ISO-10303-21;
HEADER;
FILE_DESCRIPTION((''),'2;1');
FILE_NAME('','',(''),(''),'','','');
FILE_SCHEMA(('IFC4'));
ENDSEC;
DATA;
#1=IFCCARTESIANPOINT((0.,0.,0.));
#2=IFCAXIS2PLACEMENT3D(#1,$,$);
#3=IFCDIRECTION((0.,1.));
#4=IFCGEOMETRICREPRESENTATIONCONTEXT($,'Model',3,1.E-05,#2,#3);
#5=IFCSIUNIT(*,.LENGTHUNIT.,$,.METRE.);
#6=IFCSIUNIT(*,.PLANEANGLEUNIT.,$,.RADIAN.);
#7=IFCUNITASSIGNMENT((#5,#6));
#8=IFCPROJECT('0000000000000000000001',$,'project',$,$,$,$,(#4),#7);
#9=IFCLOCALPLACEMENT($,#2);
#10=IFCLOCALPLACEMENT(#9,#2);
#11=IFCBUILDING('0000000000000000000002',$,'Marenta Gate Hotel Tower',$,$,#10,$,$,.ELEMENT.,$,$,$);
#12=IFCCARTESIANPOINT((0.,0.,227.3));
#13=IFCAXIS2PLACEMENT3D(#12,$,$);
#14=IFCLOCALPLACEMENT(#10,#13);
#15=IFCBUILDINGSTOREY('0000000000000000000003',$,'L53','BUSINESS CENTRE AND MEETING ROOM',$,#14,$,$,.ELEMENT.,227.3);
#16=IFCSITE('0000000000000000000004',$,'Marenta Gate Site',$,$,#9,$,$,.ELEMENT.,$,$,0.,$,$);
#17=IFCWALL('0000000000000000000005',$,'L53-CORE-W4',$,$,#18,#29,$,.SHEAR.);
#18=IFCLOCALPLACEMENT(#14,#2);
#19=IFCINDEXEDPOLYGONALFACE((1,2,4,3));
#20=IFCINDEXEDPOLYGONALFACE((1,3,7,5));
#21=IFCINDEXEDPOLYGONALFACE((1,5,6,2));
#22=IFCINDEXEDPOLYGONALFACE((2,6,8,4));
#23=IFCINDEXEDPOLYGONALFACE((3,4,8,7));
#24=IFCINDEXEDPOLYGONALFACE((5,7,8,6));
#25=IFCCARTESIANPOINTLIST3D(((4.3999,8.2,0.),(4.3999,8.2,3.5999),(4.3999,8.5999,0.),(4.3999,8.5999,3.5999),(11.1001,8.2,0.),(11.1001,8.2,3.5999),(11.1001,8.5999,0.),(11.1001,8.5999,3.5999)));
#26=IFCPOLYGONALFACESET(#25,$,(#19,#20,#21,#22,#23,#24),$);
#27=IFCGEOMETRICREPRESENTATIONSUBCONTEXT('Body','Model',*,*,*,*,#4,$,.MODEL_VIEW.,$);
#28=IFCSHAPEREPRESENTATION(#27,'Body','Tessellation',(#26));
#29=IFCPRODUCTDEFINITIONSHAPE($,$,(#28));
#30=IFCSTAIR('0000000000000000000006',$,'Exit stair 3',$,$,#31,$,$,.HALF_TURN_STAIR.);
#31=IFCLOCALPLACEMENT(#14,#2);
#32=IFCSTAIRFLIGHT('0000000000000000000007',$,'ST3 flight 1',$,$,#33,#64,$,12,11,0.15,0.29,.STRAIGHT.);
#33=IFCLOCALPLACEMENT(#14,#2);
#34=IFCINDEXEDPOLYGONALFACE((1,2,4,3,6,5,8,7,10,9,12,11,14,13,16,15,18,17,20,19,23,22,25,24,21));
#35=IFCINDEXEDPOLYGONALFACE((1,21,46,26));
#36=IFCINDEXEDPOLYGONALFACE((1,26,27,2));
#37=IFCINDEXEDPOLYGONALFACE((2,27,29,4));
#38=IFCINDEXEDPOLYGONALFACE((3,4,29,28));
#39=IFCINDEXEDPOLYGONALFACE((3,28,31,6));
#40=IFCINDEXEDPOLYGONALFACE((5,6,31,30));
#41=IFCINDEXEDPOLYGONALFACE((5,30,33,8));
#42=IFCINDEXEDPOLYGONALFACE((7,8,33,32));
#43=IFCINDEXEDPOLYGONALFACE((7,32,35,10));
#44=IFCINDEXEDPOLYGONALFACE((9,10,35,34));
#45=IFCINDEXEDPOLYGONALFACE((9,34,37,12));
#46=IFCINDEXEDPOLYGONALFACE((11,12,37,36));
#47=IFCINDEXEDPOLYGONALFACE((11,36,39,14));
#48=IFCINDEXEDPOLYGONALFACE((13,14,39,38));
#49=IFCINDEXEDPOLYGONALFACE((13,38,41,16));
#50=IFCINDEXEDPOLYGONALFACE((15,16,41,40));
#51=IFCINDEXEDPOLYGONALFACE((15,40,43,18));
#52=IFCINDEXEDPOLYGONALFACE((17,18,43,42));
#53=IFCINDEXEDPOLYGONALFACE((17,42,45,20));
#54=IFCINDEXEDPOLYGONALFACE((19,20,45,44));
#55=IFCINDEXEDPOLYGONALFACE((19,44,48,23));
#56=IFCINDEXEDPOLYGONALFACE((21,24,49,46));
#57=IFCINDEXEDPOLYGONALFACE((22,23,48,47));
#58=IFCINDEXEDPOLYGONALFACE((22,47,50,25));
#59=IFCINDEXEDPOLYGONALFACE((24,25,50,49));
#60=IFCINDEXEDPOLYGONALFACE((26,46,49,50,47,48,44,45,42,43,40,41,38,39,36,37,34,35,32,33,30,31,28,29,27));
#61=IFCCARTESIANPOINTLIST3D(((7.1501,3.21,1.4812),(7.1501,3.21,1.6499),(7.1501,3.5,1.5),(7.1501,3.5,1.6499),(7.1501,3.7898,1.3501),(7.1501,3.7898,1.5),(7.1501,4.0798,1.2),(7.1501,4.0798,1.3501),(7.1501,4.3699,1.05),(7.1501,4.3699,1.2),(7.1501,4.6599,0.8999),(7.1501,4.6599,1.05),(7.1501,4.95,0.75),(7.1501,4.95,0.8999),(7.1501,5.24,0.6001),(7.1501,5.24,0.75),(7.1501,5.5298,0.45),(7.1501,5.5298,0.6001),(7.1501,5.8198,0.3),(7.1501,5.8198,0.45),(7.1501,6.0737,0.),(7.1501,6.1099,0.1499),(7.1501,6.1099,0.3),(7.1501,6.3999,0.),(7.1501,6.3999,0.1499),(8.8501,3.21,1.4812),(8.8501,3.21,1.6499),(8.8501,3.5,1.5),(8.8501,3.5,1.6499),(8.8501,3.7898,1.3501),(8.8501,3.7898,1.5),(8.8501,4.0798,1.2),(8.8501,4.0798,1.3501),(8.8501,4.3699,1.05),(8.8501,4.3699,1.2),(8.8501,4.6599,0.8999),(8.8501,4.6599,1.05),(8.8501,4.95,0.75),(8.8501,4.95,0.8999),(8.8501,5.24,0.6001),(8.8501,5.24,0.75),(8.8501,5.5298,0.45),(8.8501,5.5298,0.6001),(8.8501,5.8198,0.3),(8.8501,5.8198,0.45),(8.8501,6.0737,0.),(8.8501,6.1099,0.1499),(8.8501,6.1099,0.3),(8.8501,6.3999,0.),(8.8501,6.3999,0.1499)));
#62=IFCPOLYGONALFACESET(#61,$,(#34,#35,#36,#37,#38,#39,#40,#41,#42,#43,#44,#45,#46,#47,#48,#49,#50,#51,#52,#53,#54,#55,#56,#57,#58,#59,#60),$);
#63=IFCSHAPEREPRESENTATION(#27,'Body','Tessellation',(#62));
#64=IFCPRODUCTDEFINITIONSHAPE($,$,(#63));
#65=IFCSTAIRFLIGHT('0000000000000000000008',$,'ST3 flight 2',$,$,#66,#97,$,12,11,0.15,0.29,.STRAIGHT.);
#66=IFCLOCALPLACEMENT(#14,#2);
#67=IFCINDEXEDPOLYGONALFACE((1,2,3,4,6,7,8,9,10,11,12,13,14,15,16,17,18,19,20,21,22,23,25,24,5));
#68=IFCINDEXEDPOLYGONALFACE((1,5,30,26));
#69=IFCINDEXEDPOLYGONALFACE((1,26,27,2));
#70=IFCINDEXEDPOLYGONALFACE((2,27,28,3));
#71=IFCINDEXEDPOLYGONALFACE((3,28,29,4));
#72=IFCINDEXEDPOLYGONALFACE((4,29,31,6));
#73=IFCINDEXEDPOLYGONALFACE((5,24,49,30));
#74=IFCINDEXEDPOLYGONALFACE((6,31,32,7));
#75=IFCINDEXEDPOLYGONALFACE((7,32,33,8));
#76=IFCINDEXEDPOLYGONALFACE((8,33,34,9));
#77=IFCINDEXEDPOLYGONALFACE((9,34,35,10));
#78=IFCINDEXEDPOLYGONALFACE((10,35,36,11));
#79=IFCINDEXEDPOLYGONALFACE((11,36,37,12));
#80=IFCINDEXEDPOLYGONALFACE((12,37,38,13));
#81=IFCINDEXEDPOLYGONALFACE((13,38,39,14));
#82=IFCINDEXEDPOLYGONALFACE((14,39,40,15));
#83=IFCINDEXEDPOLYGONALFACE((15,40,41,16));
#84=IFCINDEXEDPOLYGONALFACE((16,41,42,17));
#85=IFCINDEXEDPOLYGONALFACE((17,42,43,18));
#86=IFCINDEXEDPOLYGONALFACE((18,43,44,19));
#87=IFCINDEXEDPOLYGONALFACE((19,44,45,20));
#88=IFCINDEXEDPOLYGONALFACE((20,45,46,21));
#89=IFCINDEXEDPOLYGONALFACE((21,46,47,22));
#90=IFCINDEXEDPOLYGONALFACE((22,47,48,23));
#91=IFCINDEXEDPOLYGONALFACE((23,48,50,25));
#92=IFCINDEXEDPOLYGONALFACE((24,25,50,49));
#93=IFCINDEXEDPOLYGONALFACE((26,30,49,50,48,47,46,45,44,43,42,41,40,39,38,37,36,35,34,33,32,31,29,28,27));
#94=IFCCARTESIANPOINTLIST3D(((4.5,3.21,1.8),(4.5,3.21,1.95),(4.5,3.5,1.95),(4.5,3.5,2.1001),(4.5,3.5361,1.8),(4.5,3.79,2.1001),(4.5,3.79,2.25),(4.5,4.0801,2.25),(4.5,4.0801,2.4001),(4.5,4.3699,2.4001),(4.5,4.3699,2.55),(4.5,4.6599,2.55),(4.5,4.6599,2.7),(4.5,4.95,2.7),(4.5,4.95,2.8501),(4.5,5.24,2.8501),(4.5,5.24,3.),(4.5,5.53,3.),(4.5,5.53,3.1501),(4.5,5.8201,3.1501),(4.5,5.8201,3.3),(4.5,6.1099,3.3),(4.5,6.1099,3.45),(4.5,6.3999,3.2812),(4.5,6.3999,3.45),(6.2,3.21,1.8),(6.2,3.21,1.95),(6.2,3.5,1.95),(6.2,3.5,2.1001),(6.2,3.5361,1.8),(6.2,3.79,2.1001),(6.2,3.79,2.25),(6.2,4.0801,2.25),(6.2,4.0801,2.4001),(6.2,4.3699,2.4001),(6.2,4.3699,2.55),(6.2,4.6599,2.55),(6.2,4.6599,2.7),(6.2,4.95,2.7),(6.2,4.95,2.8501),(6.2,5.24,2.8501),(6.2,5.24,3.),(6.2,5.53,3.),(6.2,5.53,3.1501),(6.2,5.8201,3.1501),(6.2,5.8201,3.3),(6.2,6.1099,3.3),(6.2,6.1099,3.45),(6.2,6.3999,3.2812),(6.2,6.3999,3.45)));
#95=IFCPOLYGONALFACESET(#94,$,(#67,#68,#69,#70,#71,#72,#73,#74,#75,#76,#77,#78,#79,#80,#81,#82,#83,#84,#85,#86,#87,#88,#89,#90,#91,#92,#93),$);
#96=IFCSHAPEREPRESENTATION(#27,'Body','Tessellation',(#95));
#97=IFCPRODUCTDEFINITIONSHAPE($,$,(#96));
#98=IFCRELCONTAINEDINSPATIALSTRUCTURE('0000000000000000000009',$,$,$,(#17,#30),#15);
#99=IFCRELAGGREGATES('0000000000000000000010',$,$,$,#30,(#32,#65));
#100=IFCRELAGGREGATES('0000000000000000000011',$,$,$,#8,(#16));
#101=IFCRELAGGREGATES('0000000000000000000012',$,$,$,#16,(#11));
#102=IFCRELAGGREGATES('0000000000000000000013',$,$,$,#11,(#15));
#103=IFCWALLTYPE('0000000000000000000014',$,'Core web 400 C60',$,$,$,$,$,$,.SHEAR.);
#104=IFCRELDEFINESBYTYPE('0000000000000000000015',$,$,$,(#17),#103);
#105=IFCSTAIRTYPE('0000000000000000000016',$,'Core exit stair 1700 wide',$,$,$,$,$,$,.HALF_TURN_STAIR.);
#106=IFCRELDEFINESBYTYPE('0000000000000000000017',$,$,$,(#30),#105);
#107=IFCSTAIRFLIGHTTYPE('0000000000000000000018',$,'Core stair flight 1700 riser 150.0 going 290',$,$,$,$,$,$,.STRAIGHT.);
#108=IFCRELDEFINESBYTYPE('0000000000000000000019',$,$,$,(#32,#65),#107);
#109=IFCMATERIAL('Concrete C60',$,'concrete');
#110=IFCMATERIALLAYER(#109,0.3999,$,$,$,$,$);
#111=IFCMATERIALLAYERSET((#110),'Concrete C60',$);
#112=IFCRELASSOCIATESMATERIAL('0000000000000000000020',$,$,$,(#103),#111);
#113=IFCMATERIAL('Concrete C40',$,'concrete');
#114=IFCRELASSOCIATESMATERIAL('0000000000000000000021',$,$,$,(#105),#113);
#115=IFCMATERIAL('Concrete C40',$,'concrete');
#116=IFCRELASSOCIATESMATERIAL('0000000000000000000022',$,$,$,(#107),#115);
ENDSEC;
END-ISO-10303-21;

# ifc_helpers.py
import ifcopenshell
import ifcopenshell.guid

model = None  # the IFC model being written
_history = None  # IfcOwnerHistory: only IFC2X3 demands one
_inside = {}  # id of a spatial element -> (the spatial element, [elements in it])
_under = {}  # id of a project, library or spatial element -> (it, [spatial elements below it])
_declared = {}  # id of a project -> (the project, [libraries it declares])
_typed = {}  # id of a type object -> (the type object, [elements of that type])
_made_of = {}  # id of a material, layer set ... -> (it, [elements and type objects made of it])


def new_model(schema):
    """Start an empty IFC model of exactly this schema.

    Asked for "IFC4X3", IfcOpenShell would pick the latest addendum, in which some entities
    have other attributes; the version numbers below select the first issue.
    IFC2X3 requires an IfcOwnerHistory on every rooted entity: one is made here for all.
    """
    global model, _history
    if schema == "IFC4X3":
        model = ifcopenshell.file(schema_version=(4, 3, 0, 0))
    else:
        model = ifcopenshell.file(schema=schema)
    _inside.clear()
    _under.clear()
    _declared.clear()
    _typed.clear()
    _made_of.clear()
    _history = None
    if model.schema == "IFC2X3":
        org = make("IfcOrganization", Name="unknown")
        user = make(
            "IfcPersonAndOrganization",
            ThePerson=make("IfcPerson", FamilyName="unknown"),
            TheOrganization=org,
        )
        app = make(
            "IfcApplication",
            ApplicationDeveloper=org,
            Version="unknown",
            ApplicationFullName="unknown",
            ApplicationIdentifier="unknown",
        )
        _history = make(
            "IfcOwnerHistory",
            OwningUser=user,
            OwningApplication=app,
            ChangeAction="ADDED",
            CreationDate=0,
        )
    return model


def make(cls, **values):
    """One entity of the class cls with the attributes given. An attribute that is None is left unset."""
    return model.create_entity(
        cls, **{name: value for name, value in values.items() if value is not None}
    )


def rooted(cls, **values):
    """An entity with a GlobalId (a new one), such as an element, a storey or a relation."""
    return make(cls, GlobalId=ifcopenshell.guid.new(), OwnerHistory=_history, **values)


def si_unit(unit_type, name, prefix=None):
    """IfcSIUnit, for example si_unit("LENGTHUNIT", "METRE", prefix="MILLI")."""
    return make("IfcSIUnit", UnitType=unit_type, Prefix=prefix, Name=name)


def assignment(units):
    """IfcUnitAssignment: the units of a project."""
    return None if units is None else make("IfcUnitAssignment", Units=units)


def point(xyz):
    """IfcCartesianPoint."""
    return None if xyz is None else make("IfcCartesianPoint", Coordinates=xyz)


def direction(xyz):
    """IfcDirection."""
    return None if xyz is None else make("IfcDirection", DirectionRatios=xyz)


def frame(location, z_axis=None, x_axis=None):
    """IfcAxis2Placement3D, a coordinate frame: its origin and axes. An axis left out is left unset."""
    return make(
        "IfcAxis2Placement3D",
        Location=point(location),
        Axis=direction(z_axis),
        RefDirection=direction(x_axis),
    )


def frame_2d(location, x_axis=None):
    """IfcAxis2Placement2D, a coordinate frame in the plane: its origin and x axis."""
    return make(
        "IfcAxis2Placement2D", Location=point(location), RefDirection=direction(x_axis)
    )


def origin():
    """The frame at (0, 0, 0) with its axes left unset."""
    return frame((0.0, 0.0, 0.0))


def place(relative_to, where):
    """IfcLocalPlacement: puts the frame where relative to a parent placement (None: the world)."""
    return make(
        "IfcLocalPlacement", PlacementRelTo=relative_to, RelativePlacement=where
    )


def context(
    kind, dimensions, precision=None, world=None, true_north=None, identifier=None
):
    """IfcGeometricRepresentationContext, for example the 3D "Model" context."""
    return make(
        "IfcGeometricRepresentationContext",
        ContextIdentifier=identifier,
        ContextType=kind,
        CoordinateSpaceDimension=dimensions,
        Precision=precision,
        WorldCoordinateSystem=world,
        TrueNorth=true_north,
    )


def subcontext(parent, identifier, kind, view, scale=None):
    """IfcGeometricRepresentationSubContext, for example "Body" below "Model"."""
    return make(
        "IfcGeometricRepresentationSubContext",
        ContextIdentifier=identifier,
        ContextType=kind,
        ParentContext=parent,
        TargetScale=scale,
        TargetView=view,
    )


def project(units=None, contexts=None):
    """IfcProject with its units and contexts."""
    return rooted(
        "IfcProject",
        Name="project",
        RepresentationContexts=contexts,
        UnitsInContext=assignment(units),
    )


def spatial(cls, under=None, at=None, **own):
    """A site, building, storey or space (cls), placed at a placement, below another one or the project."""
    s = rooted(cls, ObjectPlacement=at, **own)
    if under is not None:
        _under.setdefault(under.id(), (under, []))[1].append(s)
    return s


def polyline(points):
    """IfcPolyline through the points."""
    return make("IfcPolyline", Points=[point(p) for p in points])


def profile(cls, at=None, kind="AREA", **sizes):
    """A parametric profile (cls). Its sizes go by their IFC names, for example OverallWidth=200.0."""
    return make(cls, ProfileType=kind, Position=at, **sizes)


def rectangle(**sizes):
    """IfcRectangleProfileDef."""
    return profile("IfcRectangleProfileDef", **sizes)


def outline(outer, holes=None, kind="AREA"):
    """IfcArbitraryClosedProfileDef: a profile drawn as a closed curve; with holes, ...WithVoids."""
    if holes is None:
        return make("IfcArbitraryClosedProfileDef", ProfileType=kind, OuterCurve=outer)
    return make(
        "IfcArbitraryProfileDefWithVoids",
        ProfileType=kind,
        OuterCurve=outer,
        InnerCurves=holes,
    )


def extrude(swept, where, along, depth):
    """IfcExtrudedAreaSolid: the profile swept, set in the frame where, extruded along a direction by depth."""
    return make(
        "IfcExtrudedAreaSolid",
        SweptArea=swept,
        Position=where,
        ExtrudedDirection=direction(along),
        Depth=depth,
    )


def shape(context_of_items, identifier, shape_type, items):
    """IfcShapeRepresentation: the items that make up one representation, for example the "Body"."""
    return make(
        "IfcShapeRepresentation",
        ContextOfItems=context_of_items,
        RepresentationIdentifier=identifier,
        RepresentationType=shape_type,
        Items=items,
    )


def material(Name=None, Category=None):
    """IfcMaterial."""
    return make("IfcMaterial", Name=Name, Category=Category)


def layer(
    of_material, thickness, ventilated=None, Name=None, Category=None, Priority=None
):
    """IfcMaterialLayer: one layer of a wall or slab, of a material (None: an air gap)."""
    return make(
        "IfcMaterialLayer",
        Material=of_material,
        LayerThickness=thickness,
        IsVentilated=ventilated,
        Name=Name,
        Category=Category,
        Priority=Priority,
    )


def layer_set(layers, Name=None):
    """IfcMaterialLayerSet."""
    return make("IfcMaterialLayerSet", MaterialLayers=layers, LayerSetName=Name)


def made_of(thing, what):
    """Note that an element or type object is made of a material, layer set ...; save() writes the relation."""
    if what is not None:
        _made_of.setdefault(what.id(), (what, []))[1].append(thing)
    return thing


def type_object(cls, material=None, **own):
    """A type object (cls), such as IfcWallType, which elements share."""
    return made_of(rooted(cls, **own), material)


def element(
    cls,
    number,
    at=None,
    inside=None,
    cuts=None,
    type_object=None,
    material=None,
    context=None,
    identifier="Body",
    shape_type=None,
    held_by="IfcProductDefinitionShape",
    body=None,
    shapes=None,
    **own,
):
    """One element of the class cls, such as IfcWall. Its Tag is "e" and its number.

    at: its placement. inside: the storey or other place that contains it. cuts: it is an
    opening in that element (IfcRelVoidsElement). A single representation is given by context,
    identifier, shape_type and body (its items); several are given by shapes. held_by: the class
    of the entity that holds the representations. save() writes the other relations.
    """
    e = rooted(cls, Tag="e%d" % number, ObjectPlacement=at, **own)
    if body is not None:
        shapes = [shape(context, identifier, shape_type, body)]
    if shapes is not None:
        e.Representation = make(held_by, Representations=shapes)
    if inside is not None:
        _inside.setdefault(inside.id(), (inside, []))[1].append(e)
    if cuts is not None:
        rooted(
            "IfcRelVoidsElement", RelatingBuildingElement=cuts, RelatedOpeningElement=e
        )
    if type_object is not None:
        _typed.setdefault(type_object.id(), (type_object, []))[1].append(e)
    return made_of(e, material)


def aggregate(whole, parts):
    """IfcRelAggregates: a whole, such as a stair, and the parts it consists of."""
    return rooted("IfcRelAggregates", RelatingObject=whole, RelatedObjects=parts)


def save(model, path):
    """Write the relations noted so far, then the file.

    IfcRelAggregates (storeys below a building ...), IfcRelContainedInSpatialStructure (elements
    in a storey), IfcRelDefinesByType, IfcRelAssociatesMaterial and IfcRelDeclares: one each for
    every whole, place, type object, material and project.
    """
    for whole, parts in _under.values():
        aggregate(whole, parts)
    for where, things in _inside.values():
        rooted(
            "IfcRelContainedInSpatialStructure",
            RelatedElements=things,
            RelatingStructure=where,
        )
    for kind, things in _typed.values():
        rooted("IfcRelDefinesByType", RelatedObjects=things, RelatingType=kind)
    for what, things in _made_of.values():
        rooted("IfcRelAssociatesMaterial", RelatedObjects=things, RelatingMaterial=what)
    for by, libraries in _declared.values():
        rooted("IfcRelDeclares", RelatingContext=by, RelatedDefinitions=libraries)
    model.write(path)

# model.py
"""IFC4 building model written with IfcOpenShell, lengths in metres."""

from ifc_helpers import new_model, si_unit, direction, frame, frame_2d, origin, place, context, subcontext, project, spatial, polyline, rectangle, outline, extrude, material, layer, layer_set, type_object, element, aggregate, save


model = new_model("IFC4")

# Units and contexts
model_context = context("Model", 3, precision=1e-05, world=origin(), true_north=direction((0.0, 1.0)))
body_context = subcontext(model_context, "Body", "Model", "MODEL_VIEW")
ifc_project = project(units=[si_unit("LENGTHUNIT", "METRE"), si_unit("PLANEANGLEUNIT", "RADIAN")], contexts=[model_context])

# Site, building, storey
site_placement = place(None, origin())
site = spatial("IfcSite", under=ifc_project, at=site_placement, Name="Marenta Gate Site", CompositionType="ELEMENT", RefElevation=0.0)
building_placement = place(site_placement, origin())
building = spatial("IfcBuilding", under=site, at=building_placement, Name="Marenta Gate Hotel Tower", CompositionType="ELEMENT")
storey_placement = place(building_placement, frame((0.0, 0.0, 227.3)))
storey = spatial("IfcBuildingStorey", under=building, at=storey_placement, Name="L53", Description="BUSINESS CENTRE AND MEETING ROOM", CompositionType="ELEMENT", Elevation=227.3)

# Shared definitions
ifc_material_1 = material(Name="Concrete C60", Category="concrete")
ifc_layer_1 = layer(ifc_material_1, 0.3999)
ifc_layer_set_1 = layer_set([ifc_layer_1], Name="Concrete C60")
wall_type_1 = type_object("IfcWallType", Name="Core web 400 C60", PredefinedType="SHEAR", material=ifc_layer_set_1)

# Wall
wall_1_placement = place(storey_placement, frame((4.3999, 8.3999, 0.0), z_axis=(0.0, 0.0, 1.0), x_axis=(1.0, 0.0, 0.0)))
element("IfcWall", 1, at=wall_1_placement, inside=storey, type_object=wall_type_1, Name="L53-CORE-W4", PredefinedType="SHEAR", context=body_context, shape_type="SweptSolid", body=[
    extrude(rectangle(XDim=6.7002, YDim=0.3999, at=frame_2d((3.3501, 0.0))), origin(), (0.0, 0.0, 1.0), 3.5999),
])

# Stair, stair flights
ifc_material_2 = material(Name="Concrete C40", Category="concrete")
stair_type = type_object("IfcStairType", Name="Core exit stair 1700 wide", PredefinedType="HALF_TURN_STAIR", material=ifc_material_2)
stair_placement = place(storey_placement, origin())
stair = element("IfcStair", 2, at=stair_placement, inside=storey, type_object=stair_type, Name="Exit stair 3", PredefinedType="HALF_TURN_STAIR")
ifc_material_3 = material(Name="Concrete C40", Category="concrete")
stair_flight_type = type_object("IfcStairFlightType", Name="Core stair flight 1700 riser 150.0 going 290", PredefinedType="STRAIGHT", material=ifc_material_3)
stair_flight_1_placement = place(storey_placement, frame((8.0, 6.3999, 0.0), z_axis=(0.0, 0.0, 1.0), x_axis=(0.0, -1.0, 0.0)))
stair_flight_1 = element("IfcStairFlight", 3, at=stair_flight_1_placement, type_object=stair_flight_type, Name="ST3 flight 1", NumberOfRisers=12, NumberOfTreads=11, PredefinedType="STRAIGHT", RiserHeight=0.15, TreadLength=0.29, context=body_context, shape_type="SweptSolid", body=[
    extrude(outline(polyline([(0.0, 0.0), (0.0, 0.1499), (0.29, 0.1499), (0.29, 0.3), (0.5801, 0.3), (0.5801, 0.45), (0.8701, 0.45), (0.8701, 0.6001), (1.1599, 0.6001), (1.1599, 0.75), (1.45, 0.75), (1.45, 0.8999), (1.74, 0.8999), (1.74, 1.05), (2.03, 1.05), (2.03, 1.2), (2.3201, 1.2), (2.3201, 1.3501), (2.6101, 1.3501), (2.6101, 1.5), (2.8999, 1.5), (2.8999, 1.6499), (3.1899, 1.6499), (3.1899, 1.8), (3.1899, 1.4812), (0.3262, 0.0), (0.0, 0.0)])), frame((0.0, 0.8501, 0.0), z_axis=(0.0, -1.0, 0.0), x_axis=(1.0, 0.0, 0.0)), (0.0, 0.0, 1.0), 1.7),
])
stair_flight_2_placement = place(storey_placement, frame((5.3501, 3.21, 1.8), z_axis=(0.0, 0.0, 1.0), x_axis=(0.0, 1.0, 0.0)))
stair_flight_2 = element("IfcStairFlight", 4, at=stair_flight_2_placement, type_object=stair_flight_type, Name="ST3 flight 2", NumberOfRisers=12, NumberOfTreads=11, PredefinedType="STRAIGHT", RiserHeight=0.15, TreadLength=0.29, context=body_context, shape_type="SweptSolid", body=[
    extrude(outline(polyline([(0.0, 0.0), (0.0, 0.1499), (0.29, 0.1499), (0.29, 0.3), (0.5801, 0.3), (0.5801, 0.45), (0.8701, 0.45), (0.8701, 0.6001), (1.1599, 0.6001), (1.1599, 0.75), (1.45, 0.75), (1.45, 0.8999), (1.74, 0.8999), (1.74, 1.05), (2.03, 1.05), (2.03, 1.2), (2.3201, 1.2), (2.3201, 1.3501), (2.6101, 1.3501), (2.6101, 1.5), (2.8999, 1.5), (2.8999, 1.6499), (3.1899, 1.6499), (3.1899, 1.8), (3.1899, 1.4812), (0.3262, 0.0), (0.0, 0.0)])), frame((0.0, 0.8501, 0.0), z_axis=(0.0, -1.0, 0.0), x_axis=(1.0, 0.0, 0.0)), (0.0, 0.0, 1.0), 1.7),
])
aggregate(stair, [stair_flight_1, stair_flight_2])

save(model, "model.ifc")
